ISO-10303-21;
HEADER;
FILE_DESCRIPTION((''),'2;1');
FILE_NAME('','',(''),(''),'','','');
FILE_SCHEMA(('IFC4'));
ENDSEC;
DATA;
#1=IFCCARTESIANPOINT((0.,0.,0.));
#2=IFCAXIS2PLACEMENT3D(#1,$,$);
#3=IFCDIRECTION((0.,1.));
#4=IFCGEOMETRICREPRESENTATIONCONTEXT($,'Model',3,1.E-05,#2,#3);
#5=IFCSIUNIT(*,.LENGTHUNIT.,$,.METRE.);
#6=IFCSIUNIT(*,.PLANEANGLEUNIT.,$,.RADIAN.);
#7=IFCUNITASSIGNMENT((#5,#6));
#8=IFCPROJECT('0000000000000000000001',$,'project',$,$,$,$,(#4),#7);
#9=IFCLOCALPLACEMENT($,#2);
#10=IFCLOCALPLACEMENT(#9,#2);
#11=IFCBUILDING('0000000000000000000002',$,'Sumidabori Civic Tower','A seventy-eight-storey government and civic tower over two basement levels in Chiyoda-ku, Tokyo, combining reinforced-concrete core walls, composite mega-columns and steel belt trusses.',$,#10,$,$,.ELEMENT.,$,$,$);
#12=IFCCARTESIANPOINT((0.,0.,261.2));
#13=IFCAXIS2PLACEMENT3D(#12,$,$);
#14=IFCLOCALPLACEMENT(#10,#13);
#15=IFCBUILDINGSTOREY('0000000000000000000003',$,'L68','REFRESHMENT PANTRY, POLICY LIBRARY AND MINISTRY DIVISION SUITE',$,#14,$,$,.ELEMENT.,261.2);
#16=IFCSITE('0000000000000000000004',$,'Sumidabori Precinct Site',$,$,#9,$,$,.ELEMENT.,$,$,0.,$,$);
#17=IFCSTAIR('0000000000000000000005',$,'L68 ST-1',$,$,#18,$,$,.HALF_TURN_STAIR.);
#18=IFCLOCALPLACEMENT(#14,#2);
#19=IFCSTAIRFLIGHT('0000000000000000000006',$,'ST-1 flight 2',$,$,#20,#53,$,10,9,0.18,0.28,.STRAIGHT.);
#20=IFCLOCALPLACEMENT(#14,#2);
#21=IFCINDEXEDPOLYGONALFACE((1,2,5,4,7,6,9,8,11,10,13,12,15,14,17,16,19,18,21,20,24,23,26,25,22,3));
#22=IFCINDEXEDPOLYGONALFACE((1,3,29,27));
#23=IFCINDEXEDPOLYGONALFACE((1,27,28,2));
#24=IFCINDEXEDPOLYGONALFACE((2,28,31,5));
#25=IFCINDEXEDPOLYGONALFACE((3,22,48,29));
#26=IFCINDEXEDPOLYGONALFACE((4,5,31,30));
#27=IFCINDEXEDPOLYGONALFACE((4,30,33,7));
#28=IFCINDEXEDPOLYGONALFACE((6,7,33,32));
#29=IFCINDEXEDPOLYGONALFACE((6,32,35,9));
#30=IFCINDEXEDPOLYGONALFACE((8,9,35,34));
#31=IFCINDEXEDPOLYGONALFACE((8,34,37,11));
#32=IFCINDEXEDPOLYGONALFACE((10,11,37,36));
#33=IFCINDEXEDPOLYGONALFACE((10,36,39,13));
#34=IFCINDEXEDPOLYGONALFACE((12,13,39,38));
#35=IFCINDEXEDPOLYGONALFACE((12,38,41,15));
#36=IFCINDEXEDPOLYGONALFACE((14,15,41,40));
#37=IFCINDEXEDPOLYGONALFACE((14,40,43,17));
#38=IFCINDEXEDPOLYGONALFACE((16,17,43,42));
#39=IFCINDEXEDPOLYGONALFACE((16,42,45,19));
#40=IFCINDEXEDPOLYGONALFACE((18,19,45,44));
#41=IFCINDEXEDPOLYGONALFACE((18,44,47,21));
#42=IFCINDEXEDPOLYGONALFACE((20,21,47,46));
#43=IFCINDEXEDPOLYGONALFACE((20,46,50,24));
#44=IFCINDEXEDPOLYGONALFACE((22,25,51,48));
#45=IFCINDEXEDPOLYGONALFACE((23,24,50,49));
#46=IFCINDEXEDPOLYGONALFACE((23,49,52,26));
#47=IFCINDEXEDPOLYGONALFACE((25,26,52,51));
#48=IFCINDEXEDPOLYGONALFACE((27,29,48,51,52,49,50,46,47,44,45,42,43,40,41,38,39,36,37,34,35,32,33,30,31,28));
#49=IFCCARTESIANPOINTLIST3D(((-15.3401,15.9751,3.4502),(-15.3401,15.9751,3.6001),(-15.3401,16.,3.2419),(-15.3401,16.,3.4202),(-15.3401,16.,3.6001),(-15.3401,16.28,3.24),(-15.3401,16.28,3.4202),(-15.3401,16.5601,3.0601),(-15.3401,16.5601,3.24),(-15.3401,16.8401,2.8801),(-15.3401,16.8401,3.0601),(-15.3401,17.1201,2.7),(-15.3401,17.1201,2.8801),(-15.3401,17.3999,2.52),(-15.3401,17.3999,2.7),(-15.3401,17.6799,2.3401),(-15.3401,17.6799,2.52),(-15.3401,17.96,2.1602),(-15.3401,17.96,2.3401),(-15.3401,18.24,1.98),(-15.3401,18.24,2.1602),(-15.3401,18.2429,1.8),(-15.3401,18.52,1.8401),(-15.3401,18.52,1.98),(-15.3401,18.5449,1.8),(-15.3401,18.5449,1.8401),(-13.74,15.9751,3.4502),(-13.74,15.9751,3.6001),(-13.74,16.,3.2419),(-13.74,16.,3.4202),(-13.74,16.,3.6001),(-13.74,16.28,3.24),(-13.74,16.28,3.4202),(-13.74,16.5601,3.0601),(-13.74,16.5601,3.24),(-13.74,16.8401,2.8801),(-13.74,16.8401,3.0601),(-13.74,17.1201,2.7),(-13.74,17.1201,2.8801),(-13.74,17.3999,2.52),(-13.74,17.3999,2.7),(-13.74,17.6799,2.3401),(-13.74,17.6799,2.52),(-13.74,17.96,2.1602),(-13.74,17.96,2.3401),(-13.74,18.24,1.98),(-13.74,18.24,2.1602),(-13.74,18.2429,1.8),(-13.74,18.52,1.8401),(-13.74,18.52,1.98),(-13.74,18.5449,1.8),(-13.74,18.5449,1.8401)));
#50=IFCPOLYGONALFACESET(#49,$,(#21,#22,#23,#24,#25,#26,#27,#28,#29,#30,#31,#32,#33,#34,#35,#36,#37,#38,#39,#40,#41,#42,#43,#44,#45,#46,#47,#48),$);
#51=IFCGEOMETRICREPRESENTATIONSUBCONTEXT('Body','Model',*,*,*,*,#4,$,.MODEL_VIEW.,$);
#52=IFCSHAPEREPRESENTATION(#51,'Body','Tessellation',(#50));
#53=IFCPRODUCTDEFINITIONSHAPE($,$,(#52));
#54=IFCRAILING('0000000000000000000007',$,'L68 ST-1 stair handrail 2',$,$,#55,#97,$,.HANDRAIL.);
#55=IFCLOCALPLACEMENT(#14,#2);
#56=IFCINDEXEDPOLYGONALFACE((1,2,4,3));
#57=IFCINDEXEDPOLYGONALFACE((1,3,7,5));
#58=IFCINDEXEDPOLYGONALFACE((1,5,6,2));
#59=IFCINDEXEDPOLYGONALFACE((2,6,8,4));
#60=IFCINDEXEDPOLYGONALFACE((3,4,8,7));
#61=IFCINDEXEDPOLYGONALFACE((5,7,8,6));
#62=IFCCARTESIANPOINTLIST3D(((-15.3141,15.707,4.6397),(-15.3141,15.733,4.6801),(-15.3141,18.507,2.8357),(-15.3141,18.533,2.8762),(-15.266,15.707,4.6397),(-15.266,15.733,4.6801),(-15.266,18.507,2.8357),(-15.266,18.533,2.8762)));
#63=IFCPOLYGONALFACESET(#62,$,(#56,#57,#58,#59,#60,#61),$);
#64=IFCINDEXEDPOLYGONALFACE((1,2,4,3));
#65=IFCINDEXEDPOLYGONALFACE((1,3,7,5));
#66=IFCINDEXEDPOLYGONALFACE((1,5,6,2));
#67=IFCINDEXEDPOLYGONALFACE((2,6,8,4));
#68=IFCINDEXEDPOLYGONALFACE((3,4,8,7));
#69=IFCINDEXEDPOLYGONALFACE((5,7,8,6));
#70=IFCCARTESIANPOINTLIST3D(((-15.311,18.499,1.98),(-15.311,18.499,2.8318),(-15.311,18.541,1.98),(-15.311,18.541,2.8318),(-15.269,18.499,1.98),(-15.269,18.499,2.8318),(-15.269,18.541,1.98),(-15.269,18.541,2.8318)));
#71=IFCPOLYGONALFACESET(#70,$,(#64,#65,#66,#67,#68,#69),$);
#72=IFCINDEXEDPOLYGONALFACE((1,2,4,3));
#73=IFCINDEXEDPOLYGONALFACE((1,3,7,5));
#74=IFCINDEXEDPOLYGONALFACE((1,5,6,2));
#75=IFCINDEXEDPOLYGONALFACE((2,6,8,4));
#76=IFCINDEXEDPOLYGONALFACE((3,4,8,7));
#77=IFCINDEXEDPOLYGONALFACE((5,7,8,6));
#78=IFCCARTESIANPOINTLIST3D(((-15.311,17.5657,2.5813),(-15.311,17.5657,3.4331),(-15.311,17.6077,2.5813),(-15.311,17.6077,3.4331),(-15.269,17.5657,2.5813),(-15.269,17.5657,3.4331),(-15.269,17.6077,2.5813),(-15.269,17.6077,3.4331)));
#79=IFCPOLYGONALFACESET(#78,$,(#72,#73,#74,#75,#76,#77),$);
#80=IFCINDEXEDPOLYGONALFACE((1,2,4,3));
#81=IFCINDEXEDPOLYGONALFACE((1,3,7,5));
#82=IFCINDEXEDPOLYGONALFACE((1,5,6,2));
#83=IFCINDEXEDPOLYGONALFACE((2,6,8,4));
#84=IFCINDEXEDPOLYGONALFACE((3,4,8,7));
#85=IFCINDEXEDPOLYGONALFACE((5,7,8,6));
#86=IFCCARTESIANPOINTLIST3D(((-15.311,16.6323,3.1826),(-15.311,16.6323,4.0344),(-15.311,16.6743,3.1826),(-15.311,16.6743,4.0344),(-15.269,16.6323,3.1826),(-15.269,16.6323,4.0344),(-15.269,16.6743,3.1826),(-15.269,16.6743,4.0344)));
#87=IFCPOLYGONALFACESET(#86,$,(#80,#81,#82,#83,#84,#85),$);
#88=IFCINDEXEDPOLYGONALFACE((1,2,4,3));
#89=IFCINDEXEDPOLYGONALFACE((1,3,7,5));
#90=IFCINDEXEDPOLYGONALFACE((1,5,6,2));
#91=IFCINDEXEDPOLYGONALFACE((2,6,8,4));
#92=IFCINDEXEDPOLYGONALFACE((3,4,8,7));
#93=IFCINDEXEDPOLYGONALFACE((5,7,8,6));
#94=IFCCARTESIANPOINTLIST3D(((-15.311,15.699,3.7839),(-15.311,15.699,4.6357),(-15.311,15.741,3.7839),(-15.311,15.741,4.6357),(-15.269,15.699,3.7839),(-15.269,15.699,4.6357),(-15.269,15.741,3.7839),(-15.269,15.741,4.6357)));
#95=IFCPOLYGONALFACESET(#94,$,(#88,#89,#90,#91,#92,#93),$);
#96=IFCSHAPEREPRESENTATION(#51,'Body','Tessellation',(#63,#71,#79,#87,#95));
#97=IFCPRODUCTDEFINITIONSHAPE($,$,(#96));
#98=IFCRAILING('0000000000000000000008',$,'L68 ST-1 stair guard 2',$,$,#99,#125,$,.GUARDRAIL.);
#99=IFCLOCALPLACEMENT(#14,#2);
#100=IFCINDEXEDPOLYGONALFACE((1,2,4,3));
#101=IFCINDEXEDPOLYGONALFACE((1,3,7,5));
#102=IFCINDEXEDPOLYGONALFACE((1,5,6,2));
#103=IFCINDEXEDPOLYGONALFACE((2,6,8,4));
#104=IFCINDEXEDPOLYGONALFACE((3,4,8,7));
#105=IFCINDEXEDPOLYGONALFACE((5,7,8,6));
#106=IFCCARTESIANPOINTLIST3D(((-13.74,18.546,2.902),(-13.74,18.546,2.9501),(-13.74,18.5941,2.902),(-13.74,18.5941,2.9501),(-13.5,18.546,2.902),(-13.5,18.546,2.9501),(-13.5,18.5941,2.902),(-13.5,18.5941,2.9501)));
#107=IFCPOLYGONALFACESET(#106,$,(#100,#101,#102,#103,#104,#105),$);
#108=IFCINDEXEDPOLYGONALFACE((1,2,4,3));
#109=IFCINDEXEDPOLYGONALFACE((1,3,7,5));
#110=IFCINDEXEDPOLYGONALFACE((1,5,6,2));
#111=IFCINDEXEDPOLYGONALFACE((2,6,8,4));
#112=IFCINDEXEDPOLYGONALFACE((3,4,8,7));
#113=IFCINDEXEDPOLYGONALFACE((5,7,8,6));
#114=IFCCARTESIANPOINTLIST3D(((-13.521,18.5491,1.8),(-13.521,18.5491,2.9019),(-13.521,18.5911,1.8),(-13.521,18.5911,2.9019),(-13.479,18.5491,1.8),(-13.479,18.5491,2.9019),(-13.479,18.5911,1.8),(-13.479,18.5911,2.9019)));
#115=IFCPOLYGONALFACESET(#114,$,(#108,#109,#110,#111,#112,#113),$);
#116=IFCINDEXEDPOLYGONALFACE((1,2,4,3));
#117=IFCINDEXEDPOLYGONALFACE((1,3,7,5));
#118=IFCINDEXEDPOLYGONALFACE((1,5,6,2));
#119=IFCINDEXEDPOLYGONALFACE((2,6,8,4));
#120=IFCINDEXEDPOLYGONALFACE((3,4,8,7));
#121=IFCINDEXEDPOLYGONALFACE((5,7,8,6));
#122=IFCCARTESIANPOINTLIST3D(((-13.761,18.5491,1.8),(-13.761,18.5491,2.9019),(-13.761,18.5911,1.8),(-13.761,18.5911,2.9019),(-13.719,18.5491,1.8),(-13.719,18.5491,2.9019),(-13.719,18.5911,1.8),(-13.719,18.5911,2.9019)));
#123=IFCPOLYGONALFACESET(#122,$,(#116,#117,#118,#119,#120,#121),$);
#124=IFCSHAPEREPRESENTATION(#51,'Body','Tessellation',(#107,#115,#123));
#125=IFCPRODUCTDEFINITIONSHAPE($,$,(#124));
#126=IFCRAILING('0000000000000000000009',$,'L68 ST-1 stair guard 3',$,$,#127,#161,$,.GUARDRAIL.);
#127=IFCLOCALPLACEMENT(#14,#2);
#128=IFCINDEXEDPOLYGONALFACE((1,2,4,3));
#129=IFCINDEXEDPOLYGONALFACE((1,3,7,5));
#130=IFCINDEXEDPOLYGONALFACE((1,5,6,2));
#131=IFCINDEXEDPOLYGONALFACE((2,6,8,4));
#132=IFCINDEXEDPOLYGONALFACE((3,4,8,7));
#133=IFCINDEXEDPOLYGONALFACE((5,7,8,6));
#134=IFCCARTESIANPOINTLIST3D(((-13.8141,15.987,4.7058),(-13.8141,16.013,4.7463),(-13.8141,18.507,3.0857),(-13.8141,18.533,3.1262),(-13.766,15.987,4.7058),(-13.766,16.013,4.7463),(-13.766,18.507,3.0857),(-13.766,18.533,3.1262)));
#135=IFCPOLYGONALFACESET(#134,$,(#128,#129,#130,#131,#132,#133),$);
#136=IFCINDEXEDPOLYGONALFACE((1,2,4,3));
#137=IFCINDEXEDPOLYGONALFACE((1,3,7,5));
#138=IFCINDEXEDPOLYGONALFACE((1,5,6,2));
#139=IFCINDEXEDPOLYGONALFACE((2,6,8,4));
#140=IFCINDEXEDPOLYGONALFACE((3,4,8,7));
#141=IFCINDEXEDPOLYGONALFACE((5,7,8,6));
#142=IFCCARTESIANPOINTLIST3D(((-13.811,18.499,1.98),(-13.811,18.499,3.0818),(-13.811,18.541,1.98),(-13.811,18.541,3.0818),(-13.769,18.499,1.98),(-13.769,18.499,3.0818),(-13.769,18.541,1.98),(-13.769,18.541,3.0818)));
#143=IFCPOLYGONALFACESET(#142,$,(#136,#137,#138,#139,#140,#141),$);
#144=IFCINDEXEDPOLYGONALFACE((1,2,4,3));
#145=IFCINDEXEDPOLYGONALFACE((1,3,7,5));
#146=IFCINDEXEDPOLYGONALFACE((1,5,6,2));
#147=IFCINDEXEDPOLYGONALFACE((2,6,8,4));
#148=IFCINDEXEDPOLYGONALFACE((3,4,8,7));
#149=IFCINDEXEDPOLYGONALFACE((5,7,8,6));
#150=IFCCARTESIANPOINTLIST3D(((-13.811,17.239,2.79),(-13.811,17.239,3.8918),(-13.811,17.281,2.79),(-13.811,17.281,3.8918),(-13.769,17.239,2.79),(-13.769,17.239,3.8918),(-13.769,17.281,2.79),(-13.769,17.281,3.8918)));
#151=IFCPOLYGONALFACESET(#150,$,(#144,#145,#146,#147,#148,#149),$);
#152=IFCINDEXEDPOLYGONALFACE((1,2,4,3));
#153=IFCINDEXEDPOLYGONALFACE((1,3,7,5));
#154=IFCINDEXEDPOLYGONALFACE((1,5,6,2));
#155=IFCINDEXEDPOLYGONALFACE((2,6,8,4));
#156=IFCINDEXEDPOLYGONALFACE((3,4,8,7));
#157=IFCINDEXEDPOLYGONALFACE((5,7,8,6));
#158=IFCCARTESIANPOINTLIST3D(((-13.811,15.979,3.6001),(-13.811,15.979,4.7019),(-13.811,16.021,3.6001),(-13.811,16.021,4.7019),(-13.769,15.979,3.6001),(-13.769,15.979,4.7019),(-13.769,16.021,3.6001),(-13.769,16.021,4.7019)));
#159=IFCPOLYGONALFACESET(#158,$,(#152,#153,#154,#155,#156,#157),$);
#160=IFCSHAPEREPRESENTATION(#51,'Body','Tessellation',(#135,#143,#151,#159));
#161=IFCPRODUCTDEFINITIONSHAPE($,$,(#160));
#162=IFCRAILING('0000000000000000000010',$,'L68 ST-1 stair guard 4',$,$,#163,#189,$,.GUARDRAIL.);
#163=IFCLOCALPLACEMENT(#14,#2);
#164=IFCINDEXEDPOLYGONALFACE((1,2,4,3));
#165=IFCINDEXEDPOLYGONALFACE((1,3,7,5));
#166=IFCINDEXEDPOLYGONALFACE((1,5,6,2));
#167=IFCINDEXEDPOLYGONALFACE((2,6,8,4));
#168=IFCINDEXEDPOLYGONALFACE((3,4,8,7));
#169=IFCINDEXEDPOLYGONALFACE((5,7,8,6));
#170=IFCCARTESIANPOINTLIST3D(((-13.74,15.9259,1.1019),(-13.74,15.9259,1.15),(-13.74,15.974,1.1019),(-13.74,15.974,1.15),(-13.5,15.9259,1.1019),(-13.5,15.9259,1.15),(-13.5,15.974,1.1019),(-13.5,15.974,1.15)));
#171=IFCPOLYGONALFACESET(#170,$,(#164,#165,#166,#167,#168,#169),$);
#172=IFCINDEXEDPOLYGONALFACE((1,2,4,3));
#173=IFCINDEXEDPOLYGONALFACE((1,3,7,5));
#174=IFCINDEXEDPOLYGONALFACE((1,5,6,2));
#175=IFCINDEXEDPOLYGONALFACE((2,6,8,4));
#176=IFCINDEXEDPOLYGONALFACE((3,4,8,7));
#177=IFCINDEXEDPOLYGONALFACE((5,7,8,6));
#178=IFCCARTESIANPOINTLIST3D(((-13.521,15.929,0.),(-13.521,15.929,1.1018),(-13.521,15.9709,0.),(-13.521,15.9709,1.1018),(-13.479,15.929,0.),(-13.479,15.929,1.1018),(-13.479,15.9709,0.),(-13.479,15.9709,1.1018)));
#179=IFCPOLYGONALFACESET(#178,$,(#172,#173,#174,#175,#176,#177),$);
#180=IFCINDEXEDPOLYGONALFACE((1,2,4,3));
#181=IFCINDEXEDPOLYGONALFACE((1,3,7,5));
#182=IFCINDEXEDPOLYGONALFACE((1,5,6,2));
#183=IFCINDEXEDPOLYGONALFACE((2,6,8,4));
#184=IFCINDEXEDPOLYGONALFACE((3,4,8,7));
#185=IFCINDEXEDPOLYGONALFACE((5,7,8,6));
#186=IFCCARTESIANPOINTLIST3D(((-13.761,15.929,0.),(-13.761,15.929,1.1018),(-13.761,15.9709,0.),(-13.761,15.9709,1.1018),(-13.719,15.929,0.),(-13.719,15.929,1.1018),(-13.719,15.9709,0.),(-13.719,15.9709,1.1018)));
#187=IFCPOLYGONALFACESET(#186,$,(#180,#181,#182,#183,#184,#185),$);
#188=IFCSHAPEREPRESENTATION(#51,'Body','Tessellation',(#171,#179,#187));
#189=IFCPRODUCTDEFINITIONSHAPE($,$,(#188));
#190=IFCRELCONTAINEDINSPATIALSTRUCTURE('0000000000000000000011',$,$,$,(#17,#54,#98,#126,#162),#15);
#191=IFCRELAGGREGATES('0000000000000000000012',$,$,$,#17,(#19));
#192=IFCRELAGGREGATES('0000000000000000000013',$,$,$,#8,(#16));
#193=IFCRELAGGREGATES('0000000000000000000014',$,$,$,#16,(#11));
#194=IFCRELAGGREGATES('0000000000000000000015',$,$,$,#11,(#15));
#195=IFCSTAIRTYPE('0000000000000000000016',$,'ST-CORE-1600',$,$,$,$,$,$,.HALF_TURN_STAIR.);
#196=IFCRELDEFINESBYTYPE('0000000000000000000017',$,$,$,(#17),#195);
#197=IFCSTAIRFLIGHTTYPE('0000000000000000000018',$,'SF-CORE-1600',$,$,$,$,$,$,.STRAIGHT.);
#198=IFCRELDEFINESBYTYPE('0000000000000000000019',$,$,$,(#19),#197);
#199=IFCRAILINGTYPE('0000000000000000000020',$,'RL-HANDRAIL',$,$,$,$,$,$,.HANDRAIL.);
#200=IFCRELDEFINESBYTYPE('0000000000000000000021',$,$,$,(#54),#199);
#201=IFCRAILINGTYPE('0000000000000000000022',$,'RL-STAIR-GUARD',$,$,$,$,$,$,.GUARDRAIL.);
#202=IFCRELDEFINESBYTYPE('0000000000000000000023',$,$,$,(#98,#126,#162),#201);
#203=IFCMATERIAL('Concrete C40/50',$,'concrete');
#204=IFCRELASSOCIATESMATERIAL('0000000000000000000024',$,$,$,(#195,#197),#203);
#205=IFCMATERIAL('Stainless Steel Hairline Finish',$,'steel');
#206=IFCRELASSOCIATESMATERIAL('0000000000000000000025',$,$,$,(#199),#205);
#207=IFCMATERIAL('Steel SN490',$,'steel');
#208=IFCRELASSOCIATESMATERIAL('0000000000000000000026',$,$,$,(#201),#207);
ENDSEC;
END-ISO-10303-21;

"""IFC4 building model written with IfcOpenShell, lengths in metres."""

from ifc_helpers import new_model, si_unit, direction, frame, origin, origin_2d, place, context, subcontext, project, spatial, polyline, rectangle, outline, extrude, source, transform, mapped, material, type_object, element, aggregate, save


model = new_model("IFC4")

# Units and contexts
model_context = context("Model", 3, precision=1e-05, world=origin(), true_north=direction((0.0, 1.0)))
body_context = subcontext(model_context, "Body", "Model", "MODEL_VIEW")
ifc_project = project(units=[si_unit("LENGTHUNIT", "METRE"), si_unit("PLANEANGLEUNIT", "RADIAN")], contexts=[model_context])

# Site, building, storey
site_placement = place(None, origin())
site = spatial("IfcSite", under=ifc_project, at=site_placement, Name="Sumidabori Precinct Site", CompositionType="ELEMENT", RefElevation=0.0)
building_placement = place(site_placement, origin())
building = spatial("IfcBuilding", under=site, at=building_placement, Name="Sumidabori Civic Tower", Description="A seventy-eight-storey government and civic tower over two basement levels in Chiyoda-ku, Tokyo, combining reinforced-concrete core walls, composite mega-columns and steel belt trusses.", CompositionType="ELEMENT")
storey_placement = place(building_placement, frame((0.0, 0.0, 261.2)))
storey = spatial("IfcBuildingStorey", under=building, at=storey_placement, Name="L68", Description="REFRESHMENT PANTRY, POLICY LIBRARY AND MINISTRY DIVISION SUITE", CompositionType="ELEMENT", Elevation=261.2)

# Shared definitions
ifc_material_1 = material(Name="Steel SN490", Category="steel")

# Stair, stair flight
ifc_material_2 = material(Name="Concrete C40/50", Category="concrete")
stair_type = type_object("IfcStairType", Name="ST-CORE-1600", PredefinedType="HALF_TURN_STAIR", material=ifc_material_2)
stair_placement = place(storey_placement, origin())
stair = element("IfcStair", 1, at=stair_placement, inside=storey, type_object=stair_type, Name="L68 ST-1", PredefinedType="HALF_TURN_STAIR")
stair_flight_type = type_object("IfcStairFlightType", Name="SF-CORE-1600", PredefinedType="STRAIGHT", material=ifc_material_2)
shared_shape_1 = source(origin(), body_context, "Body", "SweptSolid", [
    extrude(outline(polyline([(-0.0249, 0.0), (-0.0249, 0.04), (0.0, 0.04), (0.0, 0.1799), (0.28, 0.1799), (0.28, 0.3601), (0.5601, 0.3601), (0.5601, 0.54), (0.8401, 0.54), (0.8401, 0.72), (1.1201, 0.72), (1.1201, 0.8999), (1.3999, 0.8999), (1.3999, 1.0801), (1.6799, 1.0801), (1.6799, 1.26), (1.96, 1.26), (1.96, 1.4399), (2.24, 1.4399), (2.24, 1.6201), (2.52, 1.6201), (2.52, 1.8), (2.5449, 1.8), (2.5449, 1.6501), (2.52, 1.4419), (0.2771, 0.0), (-0.0249, 0.0)])), frame((0.0, 0.8, 0.0), z_axis=(0.0, -1.0, 0.0), x_axis=(1.0, 0.0, 0.0)), (0.0, 0.0, 1.0), 1.6001),
])
stair_flight_placement = place(storey_placement, frame((-14.54, 18.52, 1.8), z_axis=(0.0, 0.0, 1.0), x_axis=(0.0, -1.0, 0.0)))
stair_flight = element("IfcStairFlight", 2, at=stair_flight_placement, type_object=stair_flight_type, Name="ST-1 flight 2", NumberOfRisers=10, NumberOfTreads=9, PredefinedType="STRAIGHT", RiserHeight=0.18, TreadLength=0.28, context=body_context, shape_type="MappedRepresentation", body=[
    mapped(shared_shape_1, transform((0.0, 0.0, 0.0), x_axis=(1.0, 0.0, 0.0), y_axis=(0.0, 1.0, 0.0), z_axis=(0.0, 0.0, 1.0), scale=1.0)),
])
aggregate(stair, [stair_flight])

# Railings
ifc_material_3 = material(Name="Stainless Steel Hairline Finish", Category="steel")
railing_type_1 = type_object("IfcRailingType", Name="RL-HANDRAIL", PredefinedType="HANDRAIL", material=ifc_material_3)
railing_1_placement = place(storey_placement, frame((-15.29, 18.52, 1.98)))
element("IfcRailing", 3, at=railing_1_placement, inside=storey, type_object=railing_type_1, Name="L68 ST-1 stair handrail 2", PredefinedType="HANDRAIL", context=body_context, shape_type="SweptSolid", body=[
    extrude(rectangle(XDim=0.0481, YDim=0.0481, at=origin_2d()), frame((0.0, 0.0, 0.876), z_axis=(0.0, -0.840642, 0.541591), x_axis=(1.0, 0.0, 0.0)), (0.0, 0.0, 1.0), 3.3308),
    extrude(rectangle(XDim=0.042, YDim=0.042, at=origin_2d()), origin(), (0.0, 0.0, 1.0), 0.8518),
    extrude(rectangle(XDim=0.042, YDim=0.042, at=origin_2d()), frame((0.0, -0.9333, 0.6013)), (0.0, 0.0, 1.0), 0.8518),
    extrude(rectangle(XDim=0.042, YDim=0.042, at=origin_2d()), frame((0.0, -1.8667, 1.2026)), (0.0, 0.0, 1.0), 0.8518),
    extrude(rectangle(XDim=0.042, YDim=0.042, at=origin_2d()), frame((0.0, -2.8, 1.804)), (0.0, 0.0, 1.0), 0.8518),
])
railing_type_2 = type_object("IfcRailingType", Name="RL-STAIR-GUARD", PredefinedType="GUARDRAIL", material=ifc_material_1)
railing_2_placement = place(storey_placement, frame((-13.5, 18.5701, 1.8)))
element("IfcRailing", 4, at=railing_2_placement, inside=storey, type_object=railing_type_2, Name="L68 ST-1 stair guard 2", PredefinedType="GUARDRAIL", context=body_context, shape_type="SweptSolid", body=[
    extrude(rectangle(XDim=0.0481, YDim=0.0481, at=origin_2d()), frame((0.0, 0.0, 1.126), z_axis=(-1.0, 0.0, 0.0), x_axis=(0.0, -1.0, 0.0)), (0.0, 0.0, 1.0), 0.24),
    extrude(rectangle(XDim=0.042, YDim=0.042, at=origin_2d()), origin(), (0.0, 0.0, 1.0), 1.1018),
    extrude(rectangle(XDim=0.042, YDim=0.042, at=origin_2d()), frame((-0.24, 0.0, 0.0)), (0.0, 0.0, 1.0), 1.1018),
])
railing_3_placement = place(storey_placement, frame((-13.79, 18.52, 1.98)))
element("IfcRailing", 5, at=railing_3_placement, inside=storey, type_object=railing_type_2, Name="L68 ST-1 stair guard 3", PredefinedType="GUARDRAIL", context=body_context, shape_type="SweptSolid", body=[
    extrude(rectangle(XDim=0.0481, YDim=0.0481, at=origin_2d()), frame((0.0, 0.0, 1.126), z_axis=(0.0, -0.841163, 0.540782), x_axis=(1.0, 0.0, 0.0)), (0.0, 0.0, 1.0), 2.9958),
    extrude(rectangle(XDim=0.042, YDim=0.042, at=origin_2d()), origin(), (0.0, 0.0, 1.0), 1.1018),
    extrude(rectangle(XDim=0.042, YDim=0.042, at=origin_2d()), frame((0.0, -1.26, 0.8101)), (0.0, 0.0, 1.0), 1.1018),
    extrude(rectangle(XDim=0.042, YDim=0.042, at=origin_2d()), frame((0.0, -2.52, 1.6201)), (0.0, 0.0, 1.0), 1.1018),
])
railing_4_placement = place(storey_placement, frame((-13.5, 15.95, 0.0)))
element("IfcRailing", 6, at=railing_4_placement, inside=storey, type_object=railing_type_2, Name="L68 ST-1 stair guard 4", PredefinedType="GUARDRAIL", context=body_context, shape_type="SweptSolid", body=[
    extrude(rectangle(XDim=0.0481, YDim=0.0481, at=origin_2d()), frame((0.0, 0.0, 1.126), z_axis=(-1.0, 0.0, 0.0), x_axis=(0.0, -1.0, 0.0)), (0.0, 0.0, 1.0), 0.24),
    extrude(rectangle(XDim=0.042, YDim=0.042, at=origin_2d()), origin(), (0.0, 0.0, 1.0), 1.1018),
    extrude(rectangle(XDim=0.042, YDim=0.042, at=origin_2d()), frame((-0.24, 0.0, 0.0)), (0.0, 0.0, 1.0), 1.1018),
])

save(model, "model.ifc")
